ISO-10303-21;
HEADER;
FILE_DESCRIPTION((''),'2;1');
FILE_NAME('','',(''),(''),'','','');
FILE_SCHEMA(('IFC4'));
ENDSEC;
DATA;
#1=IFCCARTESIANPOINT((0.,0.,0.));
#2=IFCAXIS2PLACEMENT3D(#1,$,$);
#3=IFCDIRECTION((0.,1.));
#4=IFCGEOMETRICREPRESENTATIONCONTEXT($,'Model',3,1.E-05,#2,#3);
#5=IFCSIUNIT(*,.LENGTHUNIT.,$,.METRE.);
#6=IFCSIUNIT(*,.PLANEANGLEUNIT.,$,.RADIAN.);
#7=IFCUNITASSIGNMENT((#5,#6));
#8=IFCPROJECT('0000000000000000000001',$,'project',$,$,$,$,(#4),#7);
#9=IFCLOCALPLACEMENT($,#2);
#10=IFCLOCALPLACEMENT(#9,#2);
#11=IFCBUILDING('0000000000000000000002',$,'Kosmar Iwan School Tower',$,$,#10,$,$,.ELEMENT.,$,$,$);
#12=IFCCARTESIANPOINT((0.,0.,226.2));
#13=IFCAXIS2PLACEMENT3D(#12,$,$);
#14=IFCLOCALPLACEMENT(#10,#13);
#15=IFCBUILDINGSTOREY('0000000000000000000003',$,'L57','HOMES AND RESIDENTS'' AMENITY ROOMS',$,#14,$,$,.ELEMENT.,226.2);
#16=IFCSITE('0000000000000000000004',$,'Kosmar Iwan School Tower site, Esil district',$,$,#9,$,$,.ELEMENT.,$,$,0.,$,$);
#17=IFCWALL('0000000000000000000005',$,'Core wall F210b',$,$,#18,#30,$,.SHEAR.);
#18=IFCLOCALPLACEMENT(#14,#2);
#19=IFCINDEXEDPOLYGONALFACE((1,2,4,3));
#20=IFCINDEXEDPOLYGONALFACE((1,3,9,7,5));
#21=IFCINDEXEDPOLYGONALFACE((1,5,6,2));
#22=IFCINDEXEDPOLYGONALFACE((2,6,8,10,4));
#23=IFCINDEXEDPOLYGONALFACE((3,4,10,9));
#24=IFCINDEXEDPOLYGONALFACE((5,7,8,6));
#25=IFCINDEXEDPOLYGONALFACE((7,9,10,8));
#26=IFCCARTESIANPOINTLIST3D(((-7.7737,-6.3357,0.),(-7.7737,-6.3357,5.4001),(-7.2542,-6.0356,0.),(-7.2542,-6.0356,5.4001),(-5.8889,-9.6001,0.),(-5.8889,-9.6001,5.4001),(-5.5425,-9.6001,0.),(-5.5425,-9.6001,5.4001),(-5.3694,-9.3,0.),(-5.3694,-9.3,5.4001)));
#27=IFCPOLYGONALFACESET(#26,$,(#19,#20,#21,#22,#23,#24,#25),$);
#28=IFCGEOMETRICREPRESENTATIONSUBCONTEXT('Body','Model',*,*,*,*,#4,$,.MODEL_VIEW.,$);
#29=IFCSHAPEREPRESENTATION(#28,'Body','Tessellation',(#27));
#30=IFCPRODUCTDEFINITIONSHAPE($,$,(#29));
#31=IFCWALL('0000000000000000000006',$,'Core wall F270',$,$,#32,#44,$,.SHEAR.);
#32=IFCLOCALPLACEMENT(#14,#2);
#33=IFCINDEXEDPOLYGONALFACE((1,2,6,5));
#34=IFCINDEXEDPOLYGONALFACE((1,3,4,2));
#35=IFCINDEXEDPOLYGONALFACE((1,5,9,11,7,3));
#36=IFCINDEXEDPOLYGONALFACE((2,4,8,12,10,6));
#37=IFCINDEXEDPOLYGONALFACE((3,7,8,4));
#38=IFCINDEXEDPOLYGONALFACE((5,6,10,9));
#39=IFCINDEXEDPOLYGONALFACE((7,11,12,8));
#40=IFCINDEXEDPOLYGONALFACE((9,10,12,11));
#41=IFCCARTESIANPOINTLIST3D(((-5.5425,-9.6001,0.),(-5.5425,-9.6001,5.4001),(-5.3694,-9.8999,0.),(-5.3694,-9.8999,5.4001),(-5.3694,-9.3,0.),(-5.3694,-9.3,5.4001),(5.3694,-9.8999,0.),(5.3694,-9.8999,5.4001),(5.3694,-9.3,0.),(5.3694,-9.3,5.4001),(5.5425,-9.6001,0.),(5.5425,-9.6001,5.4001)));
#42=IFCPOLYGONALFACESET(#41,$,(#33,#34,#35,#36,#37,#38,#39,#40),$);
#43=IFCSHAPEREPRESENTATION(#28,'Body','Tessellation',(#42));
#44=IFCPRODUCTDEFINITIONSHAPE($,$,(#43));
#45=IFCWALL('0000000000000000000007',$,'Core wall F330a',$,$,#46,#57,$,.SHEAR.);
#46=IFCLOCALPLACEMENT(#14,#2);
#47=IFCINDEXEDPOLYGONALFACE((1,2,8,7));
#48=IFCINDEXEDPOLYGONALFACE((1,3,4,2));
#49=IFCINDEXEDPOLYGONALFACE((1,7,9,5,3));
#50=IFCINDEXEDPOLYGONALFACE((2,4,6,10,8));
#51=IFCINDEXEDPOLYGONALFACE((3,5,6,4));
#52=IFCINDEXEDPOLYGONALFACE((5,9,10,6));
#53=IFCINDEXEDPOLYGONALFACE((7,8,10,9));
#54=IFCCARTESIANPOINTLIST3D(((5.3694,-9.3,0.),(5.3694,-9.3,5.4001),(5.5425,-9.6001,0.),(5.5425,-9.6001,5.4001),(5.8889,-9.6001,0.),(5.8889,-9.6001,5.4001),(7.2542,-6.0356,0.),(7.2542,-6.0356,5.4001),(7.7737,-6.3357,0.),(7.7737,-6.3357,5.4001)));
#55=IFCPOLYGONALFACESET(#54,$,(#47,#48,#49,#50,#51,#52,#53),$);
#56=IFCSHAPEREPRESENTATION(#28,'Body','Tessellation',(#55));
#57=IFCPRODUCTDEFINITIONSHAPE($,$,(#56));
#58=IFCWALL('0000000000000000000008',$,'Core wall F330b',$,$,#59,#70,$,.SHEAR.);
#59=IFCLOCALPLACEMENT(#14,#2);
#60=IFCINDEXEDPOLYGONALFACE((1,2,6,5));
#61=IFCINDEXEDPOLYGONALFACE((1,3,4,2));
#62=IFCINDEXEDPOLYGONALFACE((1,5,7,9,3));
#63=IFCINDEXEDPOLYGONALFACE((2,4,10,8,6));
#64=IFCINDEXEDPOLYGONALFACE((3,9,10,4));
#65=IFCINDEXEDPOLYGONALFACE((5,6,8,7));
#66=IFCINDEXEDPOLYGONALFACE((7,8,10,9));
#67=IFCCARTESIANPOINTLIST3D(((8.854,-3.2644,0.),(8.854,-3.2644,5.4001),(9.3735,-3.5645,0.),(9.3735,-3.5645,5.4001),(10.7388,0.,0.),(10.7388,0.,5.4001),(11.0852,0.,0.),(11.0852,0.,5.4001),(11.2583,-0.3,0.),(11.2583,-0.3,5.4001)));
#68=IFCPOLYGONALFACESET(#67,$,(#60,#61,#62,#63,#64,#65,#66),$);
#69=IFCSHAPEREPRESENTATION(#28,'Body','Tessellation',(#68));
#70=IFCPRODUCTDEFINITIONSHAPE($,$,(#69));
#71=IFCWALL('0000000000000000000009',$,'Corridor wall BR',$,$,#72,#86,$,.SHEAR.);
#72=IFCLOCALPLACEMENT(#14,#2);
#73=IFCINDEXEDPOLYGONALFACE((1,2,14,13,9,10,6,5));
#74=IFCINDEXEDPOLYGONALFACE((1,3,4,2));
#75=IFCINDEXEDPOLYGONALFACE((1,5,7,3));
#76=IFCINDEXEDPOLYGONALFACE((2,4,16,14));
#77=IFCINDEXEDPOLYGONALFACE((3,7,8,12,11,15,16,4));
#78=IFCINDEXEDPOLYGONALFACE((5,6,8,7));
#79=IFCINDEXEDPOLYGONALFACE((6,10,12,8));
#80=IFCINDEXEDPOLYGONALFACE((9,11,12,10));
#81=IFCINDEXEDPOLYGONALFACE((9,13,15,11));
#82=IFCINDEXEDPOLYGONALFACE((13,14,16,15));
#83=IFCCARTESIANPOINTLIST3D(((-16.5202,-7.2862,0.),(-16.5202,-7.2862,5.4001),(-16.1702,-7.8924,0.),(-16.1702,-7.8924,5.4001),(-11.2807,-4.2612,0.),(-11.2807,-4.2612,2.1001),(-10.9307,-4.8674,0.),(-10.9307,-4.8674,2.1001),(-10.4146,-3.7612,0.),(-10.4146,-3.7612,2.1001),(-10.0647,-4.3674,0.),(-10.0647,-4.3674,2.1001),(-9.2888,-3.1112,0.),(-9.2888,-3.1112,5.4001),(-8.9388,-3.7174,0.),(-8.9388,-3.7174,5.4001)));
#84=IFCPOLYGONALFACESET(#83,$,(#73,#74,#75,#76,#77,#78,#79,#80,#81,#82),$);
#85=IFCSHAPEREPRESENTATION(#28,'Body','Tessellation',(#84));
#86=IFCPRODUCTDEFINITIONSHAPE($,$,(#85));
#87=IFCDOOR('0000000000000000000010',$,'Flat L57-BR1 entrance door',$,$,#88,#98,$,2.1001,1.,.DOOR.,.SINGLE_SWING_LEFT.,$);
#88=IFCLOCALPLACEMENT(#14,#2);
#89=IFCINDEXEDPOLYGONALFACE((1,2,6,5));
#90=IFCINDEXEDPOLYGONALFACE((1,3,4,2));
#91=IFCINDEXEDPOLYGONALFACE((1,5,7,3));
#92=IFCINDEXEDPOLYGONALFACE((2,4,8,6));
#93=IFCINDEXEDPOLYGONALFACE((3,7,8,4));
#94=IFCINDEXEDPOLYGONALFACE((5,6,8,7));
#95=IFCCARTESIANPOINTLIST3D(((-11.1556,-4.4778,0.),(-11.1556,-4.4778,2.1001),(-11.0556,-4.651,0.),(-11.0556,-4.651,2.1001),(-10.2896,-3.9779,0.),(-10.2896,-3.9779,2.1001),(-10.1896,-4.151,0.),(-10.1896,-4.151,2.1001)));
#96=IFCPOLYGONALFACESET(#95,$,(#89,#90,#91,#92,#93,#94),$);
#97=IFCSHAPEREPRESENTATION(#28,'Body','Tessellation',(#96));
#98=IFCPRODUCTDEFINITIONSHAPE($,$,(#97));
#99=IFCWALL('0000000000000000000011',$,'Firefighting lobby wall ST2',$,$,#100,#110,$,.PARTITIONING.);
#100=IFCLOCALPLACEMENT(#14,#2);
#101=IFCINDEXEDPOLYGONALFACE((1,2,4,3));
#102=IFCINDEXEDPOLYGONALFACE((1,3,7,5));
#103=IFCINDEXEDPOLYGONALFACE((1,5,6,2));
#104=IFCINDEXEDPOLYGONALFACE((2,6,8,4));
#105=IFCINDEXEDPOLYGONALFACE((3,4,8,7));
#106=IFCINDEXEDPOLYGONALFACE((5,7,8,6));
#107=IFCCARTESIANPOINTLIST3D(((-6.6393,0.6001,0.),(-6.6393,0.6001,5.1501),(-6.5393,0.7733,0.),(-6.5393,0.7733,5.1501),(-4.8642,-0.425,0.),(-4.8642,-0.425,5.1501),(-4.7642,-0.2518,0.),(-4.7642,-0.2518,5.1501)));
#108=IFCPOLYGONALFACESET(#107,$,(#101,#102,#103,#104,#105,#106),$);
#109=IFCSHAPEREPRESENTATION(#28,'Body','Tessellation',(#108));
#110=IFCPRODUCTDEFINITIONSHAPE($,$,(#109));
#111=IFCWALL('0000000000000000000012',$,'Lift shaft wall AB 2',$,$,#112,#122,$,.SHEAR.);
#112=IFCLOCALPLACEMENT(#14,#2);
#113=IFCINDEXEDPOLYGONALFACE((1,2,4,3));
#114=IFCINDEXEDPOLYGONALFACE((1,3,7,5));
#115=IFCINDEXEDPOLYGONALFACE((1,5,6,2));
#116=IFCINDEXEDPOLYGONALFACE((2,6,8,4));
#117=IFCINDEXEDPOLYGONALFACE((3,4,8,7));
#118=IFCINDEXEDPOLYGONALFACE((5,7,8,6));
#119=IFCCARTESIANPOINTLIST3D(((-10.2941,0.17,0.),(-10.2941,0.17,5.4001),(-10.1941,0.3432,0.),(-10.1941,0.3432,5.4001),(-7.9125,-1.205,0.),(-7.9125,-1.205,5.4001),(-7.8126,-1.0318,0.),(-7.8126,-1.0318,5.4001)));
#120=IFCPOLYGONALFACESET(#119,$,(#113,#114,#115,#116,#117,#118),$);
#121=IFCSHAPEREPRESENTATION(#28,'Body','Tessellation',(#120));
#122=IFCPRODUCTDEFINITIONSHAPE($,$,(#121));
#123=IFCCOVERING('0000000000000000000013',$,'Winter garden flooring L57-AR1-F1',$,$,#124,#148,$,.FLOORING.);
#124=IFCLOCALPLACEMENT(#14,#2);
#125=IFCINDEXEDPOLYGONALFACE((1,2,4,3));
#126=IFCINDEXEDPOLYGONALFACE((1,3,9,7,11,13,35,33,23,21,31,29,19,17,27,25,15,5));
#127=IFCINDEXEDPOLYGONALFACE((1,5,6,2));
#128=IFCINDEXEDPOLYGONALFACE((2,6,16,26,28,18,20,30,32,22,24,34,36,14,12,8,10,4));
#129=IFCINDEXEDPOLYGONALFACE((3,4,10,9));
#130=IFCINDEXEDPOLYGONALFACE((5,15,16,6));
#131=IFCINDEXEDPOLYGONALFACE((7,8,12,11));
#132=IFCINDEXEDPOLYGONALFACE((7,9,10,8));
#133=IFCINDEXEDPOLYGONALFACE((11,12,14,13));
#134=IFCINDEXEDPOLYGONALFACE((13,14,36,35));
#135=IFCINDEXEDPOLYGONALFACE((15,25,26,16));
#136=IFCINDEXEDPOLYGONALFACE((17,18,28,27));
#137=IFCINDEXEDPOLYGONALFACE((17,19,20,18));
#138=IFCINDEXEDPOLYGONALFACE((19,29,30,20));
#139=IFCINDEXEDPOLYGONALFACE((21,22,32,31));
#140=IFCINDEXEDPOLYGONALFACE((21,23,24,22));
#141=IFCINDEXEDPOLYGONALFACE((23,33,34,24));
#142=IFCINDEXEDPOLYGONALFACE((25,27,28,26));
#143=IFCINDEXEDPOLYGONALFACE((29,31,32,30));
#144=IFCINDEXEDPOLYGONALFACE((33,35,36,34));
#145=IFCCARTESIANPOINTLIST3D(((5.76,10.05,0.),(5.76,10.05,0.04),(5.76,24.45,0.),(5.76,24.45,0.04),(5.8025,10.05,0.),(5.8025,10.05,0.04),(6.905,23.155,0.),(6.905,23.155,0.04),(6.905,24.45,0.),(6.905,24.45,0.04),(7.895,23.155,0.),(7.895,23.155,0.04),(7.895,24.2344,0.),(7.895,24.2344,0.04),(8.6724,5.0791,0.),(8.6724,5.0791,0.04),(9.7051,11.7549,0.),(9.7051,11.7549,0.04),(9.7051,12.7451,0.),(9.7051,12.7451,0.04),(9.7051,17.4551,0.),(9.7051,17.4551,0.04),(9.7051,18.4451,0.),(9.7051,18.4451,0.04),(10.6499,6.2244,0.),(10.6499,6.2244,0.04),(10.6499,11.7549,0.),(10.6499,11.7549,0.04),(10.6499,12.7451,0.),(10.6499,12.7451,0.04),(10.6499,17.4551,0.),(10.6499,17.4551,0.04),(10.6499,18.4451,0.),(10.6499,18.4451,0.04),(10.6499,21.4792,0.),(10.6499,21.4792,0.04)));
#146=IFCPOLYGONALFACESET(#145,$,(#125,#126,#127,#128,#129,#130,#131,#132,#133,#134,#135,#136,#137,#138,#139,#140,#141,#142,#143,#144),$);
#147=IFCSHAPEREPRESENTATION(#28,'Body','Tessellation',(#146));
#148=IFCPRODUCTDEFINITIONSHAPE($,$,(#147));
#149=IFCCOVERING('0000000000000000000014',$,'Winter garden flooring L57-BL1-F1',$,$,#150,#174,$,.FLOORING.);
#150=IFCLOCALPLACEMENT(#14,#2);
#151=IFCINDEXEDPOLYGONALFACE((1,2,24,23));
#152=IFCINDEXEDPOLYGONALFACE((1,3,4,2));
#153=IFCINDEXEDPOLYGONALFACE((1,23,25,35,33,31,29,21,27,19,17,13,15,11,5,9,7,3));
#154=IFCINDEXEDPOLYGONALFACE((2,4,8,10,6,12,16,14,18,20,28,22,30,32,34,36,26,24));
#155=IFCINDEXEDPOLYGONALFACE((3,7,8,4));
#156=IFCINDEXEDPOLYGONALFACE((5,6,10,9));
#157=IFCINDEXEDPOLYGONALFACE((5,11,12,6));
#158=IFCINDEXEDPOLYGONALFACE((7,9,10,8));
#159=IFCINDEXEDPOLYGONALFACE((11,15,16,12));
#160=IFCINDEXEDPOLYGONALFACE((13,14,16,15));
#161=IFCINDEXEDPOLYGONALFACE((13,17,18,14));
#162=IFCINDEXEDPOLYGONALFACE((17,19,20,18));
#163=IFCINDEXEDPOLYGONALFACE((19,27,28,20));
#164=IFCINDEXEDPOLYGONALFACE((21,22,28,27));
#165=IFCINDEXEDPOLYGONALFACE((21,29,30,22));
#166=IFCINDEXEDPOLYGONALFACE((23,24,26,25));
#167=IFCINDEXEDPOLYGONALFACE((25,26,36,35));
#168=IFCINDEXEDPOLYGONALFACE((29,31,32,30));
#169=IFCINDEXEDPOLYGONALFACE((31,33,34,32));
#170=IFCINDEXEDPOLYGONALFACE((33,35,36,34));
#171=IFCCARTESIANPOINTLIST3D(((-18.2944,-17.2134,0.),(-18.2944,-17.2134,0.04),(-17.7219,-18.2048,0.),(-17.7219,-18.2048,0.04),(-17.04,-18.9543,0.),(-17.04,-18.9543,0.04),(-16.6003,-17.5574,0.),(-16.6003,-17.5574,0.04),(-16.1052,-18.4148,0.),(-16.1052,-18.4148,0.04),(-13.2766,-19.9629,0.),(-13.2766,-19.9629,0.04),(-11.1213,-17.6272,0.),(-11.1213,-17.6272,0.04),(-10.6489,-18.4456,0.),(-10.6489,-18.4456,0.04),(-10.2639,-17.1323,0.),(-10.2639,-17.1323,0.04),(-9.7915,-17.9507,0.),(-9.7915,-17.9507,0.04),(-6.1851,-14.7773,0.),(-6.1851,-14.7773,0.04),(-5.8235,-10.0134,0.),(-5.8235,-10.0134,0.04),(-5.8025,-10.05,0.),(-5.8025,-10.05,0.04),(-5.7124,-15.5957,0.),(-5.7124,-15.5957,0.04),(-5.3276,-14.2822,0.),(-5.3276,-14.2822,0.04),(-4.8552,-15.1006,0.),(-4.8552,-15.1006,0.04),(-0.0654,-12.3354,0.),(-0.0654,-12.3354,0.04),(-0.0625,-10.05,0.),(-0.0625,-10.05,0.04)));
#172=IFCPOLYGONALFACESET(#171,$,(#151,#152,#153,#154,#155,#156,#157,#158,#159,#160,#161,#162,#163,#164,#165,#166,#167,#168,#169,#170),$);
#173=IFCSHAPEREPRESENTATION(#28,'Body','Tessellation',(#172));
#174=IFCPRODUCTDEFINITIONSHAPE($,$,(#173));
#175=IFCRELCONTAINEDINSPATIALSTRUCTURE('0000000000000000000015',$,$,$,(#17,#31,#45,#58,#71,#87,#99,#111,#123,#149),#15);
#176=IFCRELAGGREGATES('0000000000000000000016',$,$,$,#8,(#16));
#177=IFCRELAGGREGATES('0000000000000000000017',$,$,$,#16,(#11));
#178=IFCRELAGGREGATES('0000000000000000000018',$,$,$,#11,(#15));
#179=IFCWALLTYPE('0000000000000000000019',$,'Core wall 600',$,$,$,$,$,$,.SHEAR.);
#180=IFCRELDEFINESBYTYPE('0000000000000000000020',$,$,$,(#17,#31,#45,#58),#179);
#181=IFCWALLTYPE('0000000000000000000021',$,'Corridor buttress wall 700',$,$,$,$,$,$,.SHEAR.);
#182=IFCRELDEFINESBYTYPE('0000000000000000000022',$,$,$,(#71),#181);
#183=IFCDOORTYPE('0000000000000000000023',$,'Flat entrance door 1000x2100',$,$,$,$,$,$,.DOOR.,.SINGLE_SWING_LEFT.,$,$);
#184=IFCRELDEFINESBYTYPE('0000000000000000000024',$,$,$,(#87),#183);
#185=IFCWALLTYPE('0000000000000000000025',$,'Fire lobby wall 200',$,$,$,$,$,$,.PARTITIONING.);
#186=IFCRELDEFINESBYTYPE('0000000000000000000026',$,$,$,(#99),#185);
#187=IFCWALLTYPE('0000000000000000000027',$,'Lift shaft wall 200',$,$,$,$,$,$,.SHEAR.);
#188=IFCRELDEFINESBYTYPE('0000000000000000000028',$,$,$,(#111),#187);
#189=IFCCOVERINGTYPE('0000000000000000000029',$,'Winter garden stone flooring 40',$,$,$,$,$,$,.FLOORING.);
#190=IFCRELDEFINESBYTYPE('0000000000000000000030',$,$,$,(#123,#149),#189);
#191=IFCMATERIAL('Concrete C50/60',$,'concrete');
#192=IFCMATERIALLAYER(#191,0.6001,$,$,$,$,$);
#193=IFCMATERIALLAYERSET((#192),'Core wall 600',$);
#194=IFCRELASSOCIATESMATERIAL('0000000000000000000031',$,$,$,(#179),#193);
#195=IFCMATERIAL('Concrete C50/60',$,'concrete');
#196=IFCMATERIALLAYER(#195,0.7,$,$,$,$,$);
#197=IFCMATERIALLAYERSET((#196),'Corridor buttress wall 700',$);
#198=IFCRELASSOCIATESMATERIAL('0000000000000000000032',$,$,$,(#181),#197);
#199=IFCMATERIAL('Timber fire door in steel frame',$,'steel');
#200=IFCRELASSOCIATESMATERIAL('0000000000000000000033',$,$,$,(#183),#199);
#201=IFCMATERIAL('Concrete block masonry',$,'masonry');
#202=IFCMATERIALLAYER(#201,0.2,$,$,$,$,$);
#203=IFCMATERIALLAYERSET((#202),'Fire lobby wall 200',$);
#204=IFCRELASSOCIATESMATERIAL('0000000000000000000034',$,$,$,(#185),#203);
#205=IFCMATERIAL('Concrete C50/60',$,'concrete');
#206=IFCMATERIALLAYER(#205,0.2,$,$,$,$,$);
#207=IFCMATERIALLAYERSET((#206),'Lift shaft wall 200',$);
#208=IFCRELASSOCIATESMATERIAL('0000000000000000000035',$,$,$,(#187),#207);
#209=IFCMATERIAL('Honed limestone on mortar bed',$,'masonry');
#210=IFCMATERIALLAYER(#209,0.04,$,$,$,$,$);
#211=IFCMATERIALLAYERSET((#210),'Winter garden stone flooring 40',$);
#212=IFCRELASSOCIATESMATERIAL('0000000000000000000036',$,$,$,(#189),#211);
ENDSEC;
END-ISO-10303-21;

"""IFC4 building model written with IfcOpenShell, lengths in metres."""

from ifc_helpers import new_model, si_unit, direction, frame, frame_2d, origin, place, context, subcontext, project, spatial, polyline, rectangle, outline, extrude, material, layer, layer_set, type_object, element, fill, save


model = new_model("IFC4")

# Units and contexts
model_context = context("Model", 3, precision=1e-05, world=origin(), true_north=direction((0.0, 1.0)))
body_context = subcontext(model_context, "Body", "Model", "MODEL_VIEW")
ifc_project = project(units=[si_unit("LENGTHUNIT", "METRE"), si_unit("PLANEANGLEUNIT", "RADIAN")], contexts=[model_context])

# Site, building, storey
site_placement = place(None, origin())
site = spatial("IfcSite", under=ifc_project, at=site_placement, Name="Kosmar Iwan School Tower site, Esil district", CompositionType="ELEMENT", RefElevation=0.0)
building_placement = place(site_placement, origin())
building = spatial("IfcBuilding", under=site, at=building_placement, Name="Kosmar Iwan School Tower", CompositionType="ELEMENT")
storey_placement = place(building_placement, frame((0.0, 0.0, 226.2)))
storey = spatial("IfcBuildingStorey", under=building, at=storey_placement, Name="L57", Description="HOMES AND RESIDENTS' AMENITY ROOMS", CompositionType="ELEMENT", Elevation=226.2)

# Walls
ifc_material_1 = material(Name="Concrete C50/60", Category="concrete")
ifc_layer_1 = layer(ifc_material_1, 0.6001)
ifc_layer_set_1 = layer_set([ifc_layer_1], Name="Core wall 600")
wall_type_1 = type_object("IfcWallType", Name="Core wall 600", PredefinedType="SHEAR", material=ifc_layer_set_1)
wall_1_placement = place(storey_placement, origin())
element("IfcWall", 1, at=wall_1_placement, inside=storey, type_object=wall_type_1, Name="Core wall F210b", PredefinedType="SHEAR", context=body_context, shape_type="SweptSolid", body=[
    extrude(outline(polyline([(-5.8889, -9.6001), (-5.5425, -9.6001), (-5.3694, -9.3), (-7.2542, -6.0356), (-7.7737, -6.3357), (-5.8889, -9.6001)])), origin(), (0.0, 0.0, 1.0), 5.4001),
])
wall_2_placement = place(storey_placement, origin())
element("IfcWall", 2, at=wall_2_placement, inside=storey, type_object=wall_type_1, Name="Core wall F270", PredefinedType="SHEAR", context=body_context, shape_type="SweptSolid", body=[
    extrude(outline(polyline([(-5.3694, -9.8999), (5.3694, -9.8999), (5.5425, -9.6001), (5.3694, -9.3), (-5.3694, -9.3), (-5.5425, -9.6001), (-5.3694, -9.8999)])), origin(), (0.0, 0.0, 1.0), 5.4001),
])
wall_3_placement = place(storey_placement, origin())
element("IfcWall", 3, at=wall_3_placement, inside=storey, type_object=wall_type_1, Name="Core wall F330a", PredefinedType="SHEAR", context=body_context, shape_type="SweptSolid", body=[
    extrude(outline(polyline([(5.5425, -9.6001), (5.8889, -9.6001), (7.7737, -6.3357), (7.2542, -6.0356), (5.3694, -9.3), (5.5425, -9.6001)])), origin(), (0.0, 0.0, 1.0), 5.4001),
])
wall_4_placement = place(storey_placement, origin())
element("IfcWall", 4, at=wall_4_placement, inside=storey, type_object=wall_type_1, Name="Core wall F330b", PredefinedType="SHEAR", context=body_context, shape_type="SweptSolid", body=[
    extrude(outline(polyline([(9.3735, -3.5645), (11.2583, -0.3), (11.0852, 0.0), (10.7388, 0.0), (8.854, -3.2644), (9.3735, -3.5645)])), origin(), (0.0, 0.0, 1.0), 5.4001),
])

# Wall, opening, door
ifc_material_2 = material(Name="Concrete C50/60", Category="concrete")
ifc_layer_2 = layer(ifc_material_2, 0.7)
ifc_layer_set_2 = layer_set([ifc_layer_2], Name="Corridor buttress wall 700")
wall_type_2 = type_object("IfcWallType", Name="Corridor buttress wall 700", PredefinedType="SHEAR", material=ifc_layer_set_2)
wall_5_placement = place(storey_placement, frame((-9.1138, -3.4143, 0.0), z_axis=(0.0, 0.0, 1.0), x_axis=(-0.866027, -0.499997, 0.0)))
wall_5 = element("IfcWall", 5, at=wall_5_placement, inside=storey, type_object=wall_type_2, Name="Corridor wall BR", PredefinedType="SHEAR", context=body_context, shape_type="SweptSolid", body=[
    extrude(rectangle(XDim=8.3501, YDim=0.7, at=frame_2d((4.175, 0.0))), origin(), (0.0, 0.0, 1.0), 5.4001),
])
opening_1_placement = place(wall_5_placement, frame((1.3, 0.0, 0.0)))
opening_1 = element("IfcOpeningElement", 6, at=opening_1_placement, cuts=wall_5, PredefinedType="OPENING", context=body_context, shape_type="SweptSolid", body=[
    extrude(rectangle(XDim=1.0, YDim=2.1001, at=frame_2d((0.5, 1.05))), frame((0.0, 0.3621, 0.0), z_axis=(0.0, -1.0, 0.0), x_axis=(1.0, 0.0, 0.0)), (0.0, 0.0, 1.0), 0.7239),
])
ifc_material_3 = material(Name="Timber fire door in steel frame", Category="steel")
door_type_1 = type_object("IfcDoorType", Name="Flat entrance door 1000x2100", OperationType="SINGLE_SWING_LEFT", PredefinedType="DOOR", material=ifc_material_3)
door_1_placement = place(opening_1_placement, origin())
door_1 = element("IfcDoor", 7, at=door_1_placement, inside=storey, type_object=door_type_1, Name="Flat L57-BR1 entrance door", OperationType="SINGLE_SWING_LEFT", OverallHeight=2.1001, OverallWidth=1.0, PredefinedType="DOOR", context=body_context, shape_type="SweptSolid", body=[
    extrude(rectangle(XDim=1.0, YDim=2.1001, at=frame_2d((0.5, 1.05))), frame((0.0, 0.1001, 0.0), z_axis=(0.0, -1.0, 0.0), x_axis=(1.0, 0.0, 0.0)), (0.0, 0.0, 1.0), 0.2),
])
fill(opening_1, door_1)

# Walls
ifc_material_4 = material(Name="Concrete block masonry", Category="masonry")
ifc_layer_3 = layer(ifc_material_4, 0.2)
ifc_layer_set_3 = layer_set([ifc_layer_3], Name="Fire lobby wall 200")
wall_type_3 = type_object("IfcWallType", Name="Fire lobby wall 200", PredefinedType="PARTITIONING", material=ifc_layer_set_3)
wall_6_placement = place(storey_placement, frame((-4.8142, -0.3384, 0.0), z_axis=(0.0, 0.0, 1.0), x_axis=(-0.865969, 0.500097, 0.0)))
element("IfcWall", 8, at=wall_6_placement, inside=storey, type_object=wall_type_3, Name="Firefighting lobby wall ST2", PredefinedType="PARTITIONING", context=body_context, shape_type="SweptSolid", body=[
    extrude(rectangle(XDim=2.0498, YDim=0.2, at=frame_2d((1.0249, 0.0))), origin(), (0.0, 0.0, 1.0), 5.1501),
])
ifc_material_5 = material(Name="Concrete C50/60", Category="concrete")
ifc_layer_4 = layer(ifc_material_5, 0.2)
ifc_layer_set_4 = layer_set([ifc_layer_4], Name="Lift shaft wall 200")
wall_type_4 = type_object("IfcWallType", Name="Lift shaft wall 200", PredefinedType="SHEAR", material=ifc_layer_set_4)
wall_7_placement = place(storey_placement, frame((-7.8625, -1.1184, 0.0), z_axis=(0.0, 0.0, 1.0), x_axis=(-0.866027, 0.499997, 0.0)))
element("IfcWall", 9, at=wall_7_placement, inside=storey, type_object=wall_type_4, Name="Lift shaft wall AB 2", PredefinedType="SHEAR", context=body_context, shape_type="SweptSolid", body=[
    extrude(rectangle(XDim=2.75, YDim=0.2, at=frame_2d((1.375, 0.0))), origin(), (0.0, 0.0, 1.0), 5.4001),
])

# Coverings
ifc_material_6 = material(Name="Honed limestone on mortar bed", Category="masonry")
ifc_layer_5 = layer(ifc_material_6, 0.04)
ifc_layer_set_5 = layer_set([ifc_layer_5], Name="Winter garden stone flooring 40")
covering_type = type_object("IfcCoveringType", Name="Winter garden stone flooring 40", PredefinedType="FLOORING", material=ifc_layer_set_5)
covering_1_placement = place(storey_placement, origin())
element("IfcCovering", 10, at=covering_1_placement, inside=storey, type_object=covering_type, Name="Winter garden flooring L57-AR1-F1", PredefinedType="FLOORING", context=body_context, shape_type="SweptSolid", body=[
    extrude(outline(polyline([(8.6724, 5.0791), (10.6499, 6.2244), (10.6499, 11.7549), (9.7051, 11.7549), (9.7051, 12.7451), (10.6499, 12.7451), (10.6499, 17.4551), (9.7051, 17.4551), (9.7051, 18.4451), (10.6499, 18.4451), (10.6499, 21.4792), (7.895, 24.2344), (7.895, 23.155), (6.905, 23.155), (6.905, 24.45), (5.76, 24.45), (5.76, 10.05), (5.8025, 10.05), (8.6724, 5.0791)])), origin(), (0.0, 0.0, 1.0), 0.04),
])
covering_2_placement = place(storey_placement, origin())
element("IfcCovering", 11, at=covering_2_placement, inside=storey, type_object=covering_type, Name="Winter garden flooring L57-BL1-F1", PredefinedType="FLOORING", context=body_context, shape_type="SweptSolid", body=[
    extrude(outline(polyline([(-13.2766, -19.9629), (-10.6489, -18.4456), (-11.1213, -17.6272), (-10.2639, -17.1323), (-9.7915, -17.9507), (-5.7124, -15.5957), (-6.1851, -14.7773), (-5.3276, -14.2822), (-4.8552, -15.1006), (-0.0654, -12.3354), (-0.0625, -10.05), (-5.8025, -10.05), (-5.8235, -10.0134), (-18.2944, -17.2134), (-17.7219, -18.2048), (-16.6003, -17.5574), (-16.1052, -18.4148), (-17.04, -18.9543), (-13.2766, -19.9629)])), origin(), (0.0, 0.0, 1.0), 0.04),
])

save(model, "model.ifc")
